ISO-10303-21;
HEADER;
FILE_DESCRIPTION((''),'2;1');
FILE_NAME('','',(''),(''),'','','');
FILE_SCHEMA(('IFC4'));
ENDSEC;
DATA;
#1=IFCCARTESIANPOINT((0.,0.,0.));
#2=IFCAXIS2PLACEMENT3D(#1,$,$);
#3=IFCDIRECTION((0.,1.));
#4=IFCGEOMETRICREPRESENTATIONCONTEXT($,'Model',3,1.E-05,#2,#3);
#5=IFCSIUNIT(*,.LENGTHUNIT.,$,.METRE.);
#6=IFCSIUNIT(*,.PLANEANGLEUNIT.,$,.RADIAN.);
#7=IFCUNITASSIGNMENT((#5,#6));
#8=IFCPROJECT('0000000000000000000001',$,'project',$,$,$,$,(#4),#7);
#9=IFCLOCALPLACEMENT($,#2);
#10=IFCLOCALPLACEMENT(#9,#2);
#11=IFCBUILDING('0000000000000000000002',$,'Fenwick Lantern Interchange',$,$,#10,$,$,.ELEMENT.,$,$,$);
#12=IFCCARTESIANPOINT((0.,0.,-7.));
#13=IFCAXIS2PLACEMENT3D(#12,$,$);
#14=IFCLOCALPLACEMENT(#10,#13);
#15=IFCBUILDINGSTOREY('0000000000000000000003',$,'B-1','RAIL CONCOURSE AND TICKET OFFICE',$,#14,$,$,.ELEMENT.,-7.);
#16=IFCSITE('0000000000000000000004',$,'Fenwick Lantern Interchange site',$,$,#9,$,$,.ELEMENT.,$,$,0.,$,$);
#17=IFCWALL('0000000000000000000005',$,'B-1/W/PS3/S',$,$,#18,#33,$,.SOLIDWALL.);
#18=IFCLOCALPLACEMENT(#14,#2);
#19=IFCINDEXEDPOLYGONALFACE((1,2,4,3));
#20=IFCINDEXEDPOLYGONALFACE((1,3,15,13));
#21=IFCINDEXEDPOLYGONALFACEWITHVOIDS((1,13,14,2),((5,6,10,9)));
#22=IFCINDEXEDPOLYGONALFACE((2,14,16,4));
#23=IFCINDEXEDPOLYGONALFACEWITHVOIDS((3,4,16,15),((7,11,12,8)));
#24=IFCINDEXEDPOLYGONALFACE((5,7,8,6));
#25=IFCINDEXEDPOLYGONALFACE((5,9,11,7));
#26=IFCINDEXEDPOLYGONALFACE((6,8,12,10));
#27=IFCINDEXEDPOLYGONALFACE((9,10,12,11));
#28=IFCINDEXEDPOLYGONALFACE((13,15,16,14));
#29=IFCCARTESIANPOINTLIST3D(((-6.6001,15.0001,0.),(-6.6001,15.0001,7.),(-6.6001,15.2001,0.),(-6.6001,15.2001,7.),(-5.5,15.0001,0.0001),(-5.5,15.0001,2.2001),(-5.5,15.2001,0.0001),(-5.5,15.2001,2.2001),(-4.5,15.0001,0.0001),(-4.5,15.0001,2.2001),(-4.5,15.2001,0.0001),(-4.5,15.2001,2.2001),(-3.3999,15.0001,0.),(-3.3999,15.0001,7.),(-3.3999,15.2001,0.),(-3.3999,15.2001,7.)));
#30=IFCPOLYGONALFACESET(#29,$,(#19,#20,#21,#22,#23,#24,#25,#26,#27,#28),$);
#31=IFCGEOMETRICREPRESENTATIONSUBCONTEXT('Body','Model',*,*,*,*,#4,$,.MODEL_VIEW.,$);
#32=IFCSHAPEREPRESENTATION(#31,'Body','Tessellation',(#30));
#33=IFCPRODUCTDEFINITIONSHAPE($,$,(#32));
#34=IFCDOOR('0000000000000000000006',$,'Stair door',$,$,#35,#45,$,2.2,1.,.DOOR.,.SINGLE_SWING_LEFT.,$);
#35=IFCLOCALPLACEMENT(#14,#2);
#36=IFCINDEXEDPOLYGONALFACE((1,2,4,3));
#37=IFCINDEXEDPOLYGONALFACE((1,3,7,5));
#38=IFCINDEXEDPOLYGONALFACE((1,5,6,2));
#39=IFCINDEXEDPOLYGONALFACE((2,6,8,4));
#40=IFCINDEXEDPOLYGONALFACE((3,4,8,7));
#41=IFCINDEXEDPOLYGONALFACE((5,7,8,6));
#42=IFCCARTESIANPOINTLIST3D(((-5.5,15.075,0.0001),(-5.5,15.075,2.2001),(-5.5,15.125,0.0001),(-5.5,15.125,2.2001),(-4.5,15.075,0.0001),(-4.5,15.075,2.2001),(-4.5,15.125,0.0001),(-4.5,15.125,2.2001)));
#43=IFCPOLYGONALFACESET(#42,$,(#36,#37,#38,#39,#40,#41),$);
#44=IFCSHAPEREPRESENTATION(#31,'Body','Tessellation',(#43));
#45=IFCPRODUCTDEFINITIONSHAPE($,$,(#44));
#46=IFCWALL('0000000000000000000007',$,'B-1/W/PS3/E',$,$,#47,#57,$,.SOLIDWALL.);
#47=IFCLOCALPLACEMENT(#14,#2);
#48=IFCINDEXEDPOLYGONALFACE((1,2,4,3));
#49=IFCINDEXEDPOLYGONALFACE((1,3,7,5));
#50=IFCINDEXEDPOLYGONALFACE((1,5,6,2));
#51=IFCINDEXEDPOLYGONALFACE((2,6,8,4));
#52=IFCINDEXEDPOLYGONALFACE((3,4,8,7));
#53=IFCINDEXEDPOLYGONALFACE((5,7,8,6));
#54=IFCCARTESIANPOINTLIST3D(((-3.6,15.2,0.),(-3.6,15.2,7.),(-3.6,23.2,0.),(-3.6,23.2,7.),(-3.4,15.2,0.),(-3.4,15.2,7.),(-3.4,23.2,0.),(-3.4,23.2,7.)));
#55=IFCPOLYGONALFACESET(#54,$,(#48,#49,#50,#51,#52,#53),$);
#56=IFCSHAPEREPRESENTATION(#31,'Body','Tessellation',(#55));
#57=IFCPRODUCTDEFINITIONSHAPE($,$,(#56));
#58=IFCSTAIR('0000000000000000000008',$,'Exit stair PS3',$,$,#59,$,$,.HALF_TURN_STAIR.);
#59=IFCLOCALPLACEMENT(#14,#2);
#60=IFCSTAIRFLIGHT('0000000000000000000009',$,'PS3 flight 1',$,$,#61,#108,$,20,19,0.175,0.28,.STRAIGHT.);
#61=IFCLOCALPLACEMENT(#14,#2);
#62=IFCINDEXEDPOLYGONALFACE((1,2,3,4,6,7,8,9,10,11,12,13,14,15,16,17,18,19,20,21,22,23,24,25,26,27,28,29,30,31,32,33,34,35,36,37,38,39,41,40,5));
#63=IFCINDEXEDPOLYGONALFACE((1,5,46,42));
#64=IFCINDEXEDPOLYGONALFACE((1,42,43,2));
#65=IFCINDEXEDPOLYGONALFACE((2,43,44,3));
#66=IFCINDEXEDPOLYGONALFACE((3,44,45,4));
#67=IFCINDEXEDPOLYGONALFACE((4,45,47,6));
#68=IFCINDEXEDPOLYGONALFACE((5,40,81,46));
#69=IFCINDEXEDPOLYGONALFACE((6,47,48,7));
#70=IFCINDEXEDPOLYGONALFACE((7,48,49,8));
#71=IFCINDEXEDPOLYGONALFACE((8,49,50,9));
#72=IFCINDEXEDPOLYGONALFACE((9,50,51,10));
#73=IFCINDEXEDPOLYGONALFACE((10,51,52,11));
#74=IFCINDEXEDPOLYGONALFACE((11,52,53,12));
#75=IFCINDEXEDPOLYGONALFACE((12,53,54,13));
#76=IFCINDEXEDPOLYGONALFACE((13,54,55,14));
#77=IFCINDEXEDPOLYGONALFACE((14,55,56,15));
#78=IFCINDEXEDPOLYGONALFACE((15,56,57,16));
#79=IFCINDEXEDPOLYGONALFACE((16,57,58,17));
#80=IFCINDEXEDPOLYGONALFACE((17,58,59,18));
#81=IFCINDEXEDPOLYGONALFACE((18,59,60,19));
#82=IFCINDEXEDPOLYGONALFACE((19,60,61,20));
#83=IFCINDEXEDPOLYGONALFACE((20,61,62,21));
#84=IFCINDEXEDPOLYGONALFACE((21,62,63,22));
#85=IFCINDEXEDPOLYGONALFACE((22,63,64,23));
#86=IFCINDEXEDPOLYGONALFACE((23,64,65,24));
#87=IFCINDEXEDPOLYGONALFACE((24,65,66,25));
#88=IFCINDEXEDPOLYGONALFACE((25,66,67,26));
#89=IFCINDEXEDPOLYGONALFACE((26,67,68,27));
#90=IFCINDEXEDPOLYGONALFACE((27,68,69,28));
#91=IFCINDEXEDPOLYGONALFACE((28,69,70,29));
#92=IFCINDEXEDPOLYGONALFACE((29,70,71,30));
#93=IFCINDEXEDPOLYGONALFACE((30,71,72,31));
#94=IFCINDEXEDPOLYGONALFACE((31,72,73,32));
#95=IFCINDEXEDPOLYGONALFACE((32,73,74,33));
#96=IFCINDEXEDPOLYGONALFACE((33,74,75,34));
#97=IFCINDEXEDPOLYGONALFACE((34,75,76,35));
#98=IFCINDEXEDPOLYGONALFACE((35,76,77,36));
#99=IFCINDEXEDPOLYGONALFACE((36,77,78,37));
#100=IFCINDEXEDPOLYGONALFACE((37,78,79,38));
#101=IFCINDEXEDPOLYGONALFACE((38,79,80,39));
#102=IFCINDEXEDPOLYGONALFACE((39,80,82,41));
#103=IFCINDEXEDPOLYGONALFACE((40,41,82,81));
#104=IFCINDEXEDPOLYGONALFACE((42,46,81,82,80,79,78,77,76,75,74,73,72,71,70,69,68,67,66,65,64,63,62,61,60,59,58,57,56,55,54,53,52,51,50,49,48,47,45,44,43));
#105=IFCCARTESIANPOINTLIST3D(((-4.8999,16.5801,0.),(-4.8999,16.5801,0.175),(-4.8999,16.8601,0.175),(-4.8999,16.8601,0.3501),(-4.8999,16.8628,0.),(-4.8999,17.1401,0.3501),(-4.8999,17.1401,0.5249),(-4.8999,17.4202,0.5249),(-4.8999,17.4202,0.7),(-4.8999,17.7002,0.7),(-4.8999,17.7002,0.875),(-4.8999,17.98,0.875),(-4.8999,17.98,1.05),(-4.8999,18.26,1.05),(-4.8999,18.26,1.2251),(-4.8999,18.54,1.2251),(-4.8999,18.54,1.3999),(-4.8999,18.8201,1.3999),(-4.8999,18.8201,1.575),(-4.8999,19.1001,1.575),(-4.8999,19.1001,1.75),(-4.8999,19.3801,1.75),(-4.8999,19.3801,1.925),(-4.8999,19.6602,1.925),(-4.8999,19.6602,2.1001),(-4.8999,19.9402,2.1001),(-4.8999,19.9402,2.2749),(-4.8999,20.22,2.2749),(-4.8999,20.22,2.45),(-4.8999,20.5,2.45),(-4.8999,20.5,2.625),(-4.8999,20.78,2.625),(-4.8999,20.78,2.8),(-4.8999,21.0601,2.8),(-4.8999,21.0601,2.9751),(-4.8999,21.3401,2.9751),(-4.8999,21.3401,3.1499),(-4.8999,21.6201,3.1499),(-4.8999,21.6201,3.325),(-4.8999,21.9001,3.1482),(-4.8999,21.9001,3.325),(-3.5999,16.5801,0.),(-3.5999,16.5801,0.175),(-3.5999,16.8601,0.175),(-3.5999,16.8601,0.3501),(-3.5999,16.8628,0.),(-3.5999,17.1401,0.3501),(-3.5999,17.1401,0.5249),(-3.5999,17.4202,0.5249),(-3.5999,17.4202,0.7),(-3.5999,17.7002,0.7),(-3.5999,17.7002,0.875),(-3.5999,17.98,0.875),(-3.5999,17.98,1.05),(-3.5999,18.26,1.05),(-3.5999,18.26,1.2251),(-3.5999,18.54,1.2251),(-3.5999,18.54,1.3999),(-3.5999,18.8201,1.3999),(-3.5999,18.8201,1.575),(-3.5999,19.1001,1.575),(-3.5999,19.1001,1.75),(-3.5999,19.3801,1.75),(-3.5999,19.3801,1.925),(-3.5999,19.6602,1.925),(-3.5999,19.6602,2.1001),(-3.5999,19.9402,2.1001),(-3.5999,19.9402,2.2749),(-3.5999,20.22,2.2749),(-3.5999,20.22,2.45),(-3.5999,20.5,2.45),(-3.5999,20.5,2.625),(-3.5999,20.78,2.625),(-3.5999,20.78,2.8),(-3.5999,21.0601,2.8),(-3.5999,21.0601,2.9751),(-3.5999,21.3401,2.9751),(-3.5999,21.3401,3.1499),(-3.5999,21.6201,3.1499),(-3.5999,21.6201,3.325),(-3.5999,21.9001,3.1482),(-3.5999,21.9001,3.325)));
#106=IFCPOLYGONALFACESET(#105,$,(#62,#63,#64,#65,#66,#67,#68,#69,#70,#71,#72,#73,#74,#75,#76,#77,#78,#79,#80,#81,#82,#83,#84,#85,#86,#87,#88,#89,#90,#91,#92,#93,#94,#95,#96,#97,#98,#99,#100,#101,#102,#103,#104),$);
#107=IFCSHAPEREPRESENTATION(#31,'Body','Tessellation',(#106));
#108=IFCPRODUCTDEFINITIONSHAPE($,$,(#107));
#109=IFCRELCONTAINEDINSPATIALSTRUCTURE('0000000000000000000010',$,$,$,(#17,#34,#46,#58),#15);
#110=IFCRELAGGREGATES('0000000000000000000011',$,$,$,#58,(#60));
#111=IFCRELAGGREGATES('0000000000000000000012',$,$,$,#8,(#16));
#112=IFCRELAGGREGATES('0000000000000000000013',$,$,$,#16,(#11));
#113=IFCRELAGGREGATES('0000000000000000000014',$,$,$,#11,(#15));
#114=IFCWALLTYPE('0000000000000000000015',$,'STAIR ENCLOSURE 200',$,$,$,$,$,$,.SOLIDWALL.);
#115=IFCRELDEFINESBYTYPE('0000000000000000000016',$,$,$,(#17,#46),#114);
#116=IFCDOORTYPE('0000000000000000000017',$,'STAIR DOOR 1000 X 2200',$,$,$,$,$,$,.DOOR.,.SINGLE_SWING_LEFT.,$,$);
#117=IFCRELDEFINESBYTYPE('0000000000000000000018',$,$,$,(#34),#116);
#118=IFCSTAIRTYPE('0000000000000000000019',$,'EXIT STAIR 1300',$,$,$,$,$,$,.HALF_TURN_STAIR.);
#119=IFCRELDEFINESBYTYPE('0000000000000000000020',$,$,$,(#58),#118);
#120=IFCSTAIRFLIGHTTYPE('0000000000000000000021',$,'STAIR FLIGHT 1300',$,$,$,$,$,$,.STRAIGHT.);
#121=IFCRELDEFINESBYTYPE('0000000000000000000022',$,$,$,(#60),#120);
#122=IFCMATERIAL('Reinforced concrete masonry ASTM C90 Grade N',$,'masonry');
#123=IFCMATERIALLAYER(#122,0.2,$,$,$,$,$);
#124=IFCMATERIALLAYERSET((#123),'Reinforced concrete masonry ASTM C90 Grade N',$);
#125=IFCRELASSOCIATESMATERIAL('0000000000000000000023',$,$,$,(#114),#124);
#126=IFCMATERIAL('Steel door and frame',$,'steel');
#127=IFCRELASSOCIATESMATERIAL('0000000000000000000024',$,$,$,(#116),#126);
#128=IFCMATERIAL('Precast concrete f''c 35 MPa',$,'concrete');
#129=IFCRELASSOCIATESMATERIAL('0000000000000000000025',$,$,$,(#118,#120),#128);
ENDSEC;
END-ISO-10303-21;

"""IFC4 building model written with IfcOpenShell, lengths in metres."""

from ifc_helpers import new_model, si_unit, direction, frame, frame_2d, origin, place, context, subcontext, project, spatial, polyline, rectangle, outline, extrude, material, layer, layer_set, type_object, element, fill, aggregate, save


model = new_model("IFC4")

# Units and contexts
model_context = context("Model", 3, precision=1e-05, world=origin(), true_north=direction((0.0, 1.0)))
body_context = subcontext(model_context, "Body", "Model", "MODEL_VIEW")
ifc_project = project(units=[si_unit("LENGTHUNIT", "METRE"), si_unit("PLANEANGLEUNIT", "RADIAN")], contexts=[model_context])

# Site, building, storey
site_placement = place(None, origin())
site = spatial("IfcSite", under=ifc_project, at=site_placement, Name="Fenwick Lantern Interchange site", CompositionType="ELEMENT", RefElevation=0.0)
building_placement = place(site_placement, origin())
building = spatial("IfcBuilding", under=site, at=building_placement, Name="Fenwick Lantern Interchange", CompositionType="ELEMENT")
storey_placement = place(building_placement, frame((0.0, 0.0, -7.0)))
storey = spatial("IfcBuildingStorey", under=building, at=storey_placement, Name="B-1", Description="RAIL CONCOURSE AND TICKET OFFICE", CompositionType="ELEMENT", Elevation=-7.0)

# Shared definitions
ifc_material_1 = material(Name="Steel door and frame", Category="steel")

# Wall, opening, door
ifc_material_2 = material(Name="Reinforced concrete masonry ASTM C90 Grade N", Category="masonry")
ifc_layer_1 = layer(ifc_material_2, 0.2)
ifc_layer_set_1 = layer_set([ifc_layer_1], Name="Reinforced concrete masonry ASTM C90 Grade N")
wall_type_1 = type_object("IfcWallType", Name="STAIR ENCLOSURE 200", PredefinedType="SOLIDWALL", material=ifc_layer_set_1)
wall_1_placement = place(storey_placement, frame((-6.6001, 15.1001, 0.0), z_axis=(0.0, 0.0, 1.0), x_axis=(1.0, 0.0, 0.0)))
wall_1 = element("IfcWall", 1, at=wall_1_placement, inside=storey, type_object=wall_type_1, Name="B-1/W/PS3/S", PredefinedType="SOLIDWALL", context=body_context, shape_type="SweptSolid", body=[
    extrude(rectangle(XDim=3.2002, YDim=0.2, at=frame_2d((1.6001, 0.0))), origin(), (0.0, 0.0, 1.0), 7.0),
])
opening_1_placement = place(wall_1_placement, frame((1.1001, 0.0, 0.0)))
opening_1 = element("IfcOpeningElement", 2, at=opening_1_placement, cuts=wall_1, PredefinedType="OPENING", context=body_context, shape_type="SweptSolid", body=[
    extrude(rectangle(XDim=1.0, YDim=2.2, at=frame_2d((0.5, 1.1001))), frame((0.0, 0.1099, 0.0), z_axis=(0.0, -1.0, 0.0), x_axis=(1.0, 0.0, 0.0)), (0.0, 0.0, 1.0), 0.22),
])
door_type_1 = type_object("IfcDoorType", Name="STAIR DOOR 1000 X 2200", OperationType="SINGLE_SWING_LEFT", PredefinedType="DOOR", material=ifc_material_1)
door_1_placement = place(opening_1_placement, origin())
door_1 = element("IfcDoor", 3, at=door_1_placement, inside=storey, type_object=door_type_1, Name="Stair door", OperationType="SINGLE_SWING_LEFT", OverallHeight=2.2, OverallWidth=1.0, PredefinedType="DOOR", context=body_context, shape_type="SweptSolid", body=[
    extrude(rectangle(XDim=1.0, YDim=2.2, at=frame_2d((0.5, 1.1001))), frame((0.0, 0.0249, 0.0), z_axis=(0.0, -1.0, 0.0), x_axis=(1.0, 0.0, 0.0)), (0.0, 0.0, 1.0), 0.05),
])
fill(opening_1, door_1)

# Wall
wall_2_placement = place(storey_placement, frame((-3.5, 15.2, 0.0), z_axis=(0.0, 0.0, 1.0), x_axis=(0.0, 1.0, 0.0)))
element("IfcWall", 4, at=wall_2_placement, inside=storey, type_object=wall_type_1, Name="B-1/W/PS3/E", PredefinedType="SOLIDWALL", context=body_context, shape_type="SweptSolid", body=[
    extrude(rectangle(XDim=8.0, YDim=0.2, at=frame_2d((4.0, 0.0))), origin(), (0.0, 0.0, 1.0), 7.0),
])

# Stair, stair flight
ifc_material_3 = material(Name="Precast concrete f'c 35 MPa", Category="concrete")
stair_type = type_object("IfcStairType", Name="EXIT STAIR 1300", PredefinedType="HALF_TURN_STAIR", material=ifc_material_3)
stair_placement = place(storey_placement, origin())
stair = element("IfcStair", 5, at=stair_placement, inside=storey, type_object=stair_type, Name="Exit stair PS3", PredefinedType="HALF_TURN_STAIR")
stair_flight_type = type_object("IfcStairFlightType", Name="STAIR FLIGHT 1300", PredefinedType="STRAIGHT", material=ifc_material_3)
stair_flight_placement = place(storey_placement, frame((-4.25, 16.5801, 0.0), z_axis=(0.0, 0.0, 1.0), x_axis=(0.0, 1.0, 0.0)))
stair_flight = element("IfcStairFlight", 6, at=stair_flight_placement, type_object=stair_flight_type, Name="PS3 flight 1", NumberOfRisers=20, NumberOfTreads=19, PredefinedType="STRAIGHT", RiserHeight=0.175, TreadLength=0.28, context=body_context, shape_type="SweptSolid", body=[
    extrude(outline(polyline([(0.0, 0.0), (0.0, 0.175), (0.28, 0.175), (0.28, 0.3501), (0.5601, 0.3501), (0.5601, 0.5249), (0.8401, 0.5249), (0.8401, 0.7), (1.1201, 0.7), (1.1201, 0.875), (1.3999, 0.875), (1.3999, 1.05), (1.6799, 1.05), (1.6799, 1.2251), (1.96, 1.2251), (1.96, 1.3999), (2.24, 1.3999), (2.24, 1.575), (2.52, 1.575), (2.52, 1.75), (2.8, 1.75), (2.8, 1.925), (3.0801, 1.925), (3.0801, 2.1001), (3.3601, 2.1001), (3.3601, 2.2749), (3.6399, 2.2749), (3.6399, 2.45), (3.9199, 2.45), (3.9199, 2.625), (4.2, 2.625), (4.2, 2.8), (4.48, 2.8), (4.48, 2.9751), (4.76, 2.9751), (4.76, 3.1499), (5.04, 3.1499), (5.04, 3.325), (5.3201, 3.325), (5.3201, 3.5), (5.3201, 3.1482), (0.2827, 0.0), (0.0, 0.0)])), frame((0.0, 0.6499, 0.0), z_axis=(0.0, -1.0, 0.0), x_axis=(1.0, 0.0, 0.0)), (0.0, 0.0, 1.0), 1.3),
])
aggregate(stair, [stair_flight])

save(model, "model.ifc")
